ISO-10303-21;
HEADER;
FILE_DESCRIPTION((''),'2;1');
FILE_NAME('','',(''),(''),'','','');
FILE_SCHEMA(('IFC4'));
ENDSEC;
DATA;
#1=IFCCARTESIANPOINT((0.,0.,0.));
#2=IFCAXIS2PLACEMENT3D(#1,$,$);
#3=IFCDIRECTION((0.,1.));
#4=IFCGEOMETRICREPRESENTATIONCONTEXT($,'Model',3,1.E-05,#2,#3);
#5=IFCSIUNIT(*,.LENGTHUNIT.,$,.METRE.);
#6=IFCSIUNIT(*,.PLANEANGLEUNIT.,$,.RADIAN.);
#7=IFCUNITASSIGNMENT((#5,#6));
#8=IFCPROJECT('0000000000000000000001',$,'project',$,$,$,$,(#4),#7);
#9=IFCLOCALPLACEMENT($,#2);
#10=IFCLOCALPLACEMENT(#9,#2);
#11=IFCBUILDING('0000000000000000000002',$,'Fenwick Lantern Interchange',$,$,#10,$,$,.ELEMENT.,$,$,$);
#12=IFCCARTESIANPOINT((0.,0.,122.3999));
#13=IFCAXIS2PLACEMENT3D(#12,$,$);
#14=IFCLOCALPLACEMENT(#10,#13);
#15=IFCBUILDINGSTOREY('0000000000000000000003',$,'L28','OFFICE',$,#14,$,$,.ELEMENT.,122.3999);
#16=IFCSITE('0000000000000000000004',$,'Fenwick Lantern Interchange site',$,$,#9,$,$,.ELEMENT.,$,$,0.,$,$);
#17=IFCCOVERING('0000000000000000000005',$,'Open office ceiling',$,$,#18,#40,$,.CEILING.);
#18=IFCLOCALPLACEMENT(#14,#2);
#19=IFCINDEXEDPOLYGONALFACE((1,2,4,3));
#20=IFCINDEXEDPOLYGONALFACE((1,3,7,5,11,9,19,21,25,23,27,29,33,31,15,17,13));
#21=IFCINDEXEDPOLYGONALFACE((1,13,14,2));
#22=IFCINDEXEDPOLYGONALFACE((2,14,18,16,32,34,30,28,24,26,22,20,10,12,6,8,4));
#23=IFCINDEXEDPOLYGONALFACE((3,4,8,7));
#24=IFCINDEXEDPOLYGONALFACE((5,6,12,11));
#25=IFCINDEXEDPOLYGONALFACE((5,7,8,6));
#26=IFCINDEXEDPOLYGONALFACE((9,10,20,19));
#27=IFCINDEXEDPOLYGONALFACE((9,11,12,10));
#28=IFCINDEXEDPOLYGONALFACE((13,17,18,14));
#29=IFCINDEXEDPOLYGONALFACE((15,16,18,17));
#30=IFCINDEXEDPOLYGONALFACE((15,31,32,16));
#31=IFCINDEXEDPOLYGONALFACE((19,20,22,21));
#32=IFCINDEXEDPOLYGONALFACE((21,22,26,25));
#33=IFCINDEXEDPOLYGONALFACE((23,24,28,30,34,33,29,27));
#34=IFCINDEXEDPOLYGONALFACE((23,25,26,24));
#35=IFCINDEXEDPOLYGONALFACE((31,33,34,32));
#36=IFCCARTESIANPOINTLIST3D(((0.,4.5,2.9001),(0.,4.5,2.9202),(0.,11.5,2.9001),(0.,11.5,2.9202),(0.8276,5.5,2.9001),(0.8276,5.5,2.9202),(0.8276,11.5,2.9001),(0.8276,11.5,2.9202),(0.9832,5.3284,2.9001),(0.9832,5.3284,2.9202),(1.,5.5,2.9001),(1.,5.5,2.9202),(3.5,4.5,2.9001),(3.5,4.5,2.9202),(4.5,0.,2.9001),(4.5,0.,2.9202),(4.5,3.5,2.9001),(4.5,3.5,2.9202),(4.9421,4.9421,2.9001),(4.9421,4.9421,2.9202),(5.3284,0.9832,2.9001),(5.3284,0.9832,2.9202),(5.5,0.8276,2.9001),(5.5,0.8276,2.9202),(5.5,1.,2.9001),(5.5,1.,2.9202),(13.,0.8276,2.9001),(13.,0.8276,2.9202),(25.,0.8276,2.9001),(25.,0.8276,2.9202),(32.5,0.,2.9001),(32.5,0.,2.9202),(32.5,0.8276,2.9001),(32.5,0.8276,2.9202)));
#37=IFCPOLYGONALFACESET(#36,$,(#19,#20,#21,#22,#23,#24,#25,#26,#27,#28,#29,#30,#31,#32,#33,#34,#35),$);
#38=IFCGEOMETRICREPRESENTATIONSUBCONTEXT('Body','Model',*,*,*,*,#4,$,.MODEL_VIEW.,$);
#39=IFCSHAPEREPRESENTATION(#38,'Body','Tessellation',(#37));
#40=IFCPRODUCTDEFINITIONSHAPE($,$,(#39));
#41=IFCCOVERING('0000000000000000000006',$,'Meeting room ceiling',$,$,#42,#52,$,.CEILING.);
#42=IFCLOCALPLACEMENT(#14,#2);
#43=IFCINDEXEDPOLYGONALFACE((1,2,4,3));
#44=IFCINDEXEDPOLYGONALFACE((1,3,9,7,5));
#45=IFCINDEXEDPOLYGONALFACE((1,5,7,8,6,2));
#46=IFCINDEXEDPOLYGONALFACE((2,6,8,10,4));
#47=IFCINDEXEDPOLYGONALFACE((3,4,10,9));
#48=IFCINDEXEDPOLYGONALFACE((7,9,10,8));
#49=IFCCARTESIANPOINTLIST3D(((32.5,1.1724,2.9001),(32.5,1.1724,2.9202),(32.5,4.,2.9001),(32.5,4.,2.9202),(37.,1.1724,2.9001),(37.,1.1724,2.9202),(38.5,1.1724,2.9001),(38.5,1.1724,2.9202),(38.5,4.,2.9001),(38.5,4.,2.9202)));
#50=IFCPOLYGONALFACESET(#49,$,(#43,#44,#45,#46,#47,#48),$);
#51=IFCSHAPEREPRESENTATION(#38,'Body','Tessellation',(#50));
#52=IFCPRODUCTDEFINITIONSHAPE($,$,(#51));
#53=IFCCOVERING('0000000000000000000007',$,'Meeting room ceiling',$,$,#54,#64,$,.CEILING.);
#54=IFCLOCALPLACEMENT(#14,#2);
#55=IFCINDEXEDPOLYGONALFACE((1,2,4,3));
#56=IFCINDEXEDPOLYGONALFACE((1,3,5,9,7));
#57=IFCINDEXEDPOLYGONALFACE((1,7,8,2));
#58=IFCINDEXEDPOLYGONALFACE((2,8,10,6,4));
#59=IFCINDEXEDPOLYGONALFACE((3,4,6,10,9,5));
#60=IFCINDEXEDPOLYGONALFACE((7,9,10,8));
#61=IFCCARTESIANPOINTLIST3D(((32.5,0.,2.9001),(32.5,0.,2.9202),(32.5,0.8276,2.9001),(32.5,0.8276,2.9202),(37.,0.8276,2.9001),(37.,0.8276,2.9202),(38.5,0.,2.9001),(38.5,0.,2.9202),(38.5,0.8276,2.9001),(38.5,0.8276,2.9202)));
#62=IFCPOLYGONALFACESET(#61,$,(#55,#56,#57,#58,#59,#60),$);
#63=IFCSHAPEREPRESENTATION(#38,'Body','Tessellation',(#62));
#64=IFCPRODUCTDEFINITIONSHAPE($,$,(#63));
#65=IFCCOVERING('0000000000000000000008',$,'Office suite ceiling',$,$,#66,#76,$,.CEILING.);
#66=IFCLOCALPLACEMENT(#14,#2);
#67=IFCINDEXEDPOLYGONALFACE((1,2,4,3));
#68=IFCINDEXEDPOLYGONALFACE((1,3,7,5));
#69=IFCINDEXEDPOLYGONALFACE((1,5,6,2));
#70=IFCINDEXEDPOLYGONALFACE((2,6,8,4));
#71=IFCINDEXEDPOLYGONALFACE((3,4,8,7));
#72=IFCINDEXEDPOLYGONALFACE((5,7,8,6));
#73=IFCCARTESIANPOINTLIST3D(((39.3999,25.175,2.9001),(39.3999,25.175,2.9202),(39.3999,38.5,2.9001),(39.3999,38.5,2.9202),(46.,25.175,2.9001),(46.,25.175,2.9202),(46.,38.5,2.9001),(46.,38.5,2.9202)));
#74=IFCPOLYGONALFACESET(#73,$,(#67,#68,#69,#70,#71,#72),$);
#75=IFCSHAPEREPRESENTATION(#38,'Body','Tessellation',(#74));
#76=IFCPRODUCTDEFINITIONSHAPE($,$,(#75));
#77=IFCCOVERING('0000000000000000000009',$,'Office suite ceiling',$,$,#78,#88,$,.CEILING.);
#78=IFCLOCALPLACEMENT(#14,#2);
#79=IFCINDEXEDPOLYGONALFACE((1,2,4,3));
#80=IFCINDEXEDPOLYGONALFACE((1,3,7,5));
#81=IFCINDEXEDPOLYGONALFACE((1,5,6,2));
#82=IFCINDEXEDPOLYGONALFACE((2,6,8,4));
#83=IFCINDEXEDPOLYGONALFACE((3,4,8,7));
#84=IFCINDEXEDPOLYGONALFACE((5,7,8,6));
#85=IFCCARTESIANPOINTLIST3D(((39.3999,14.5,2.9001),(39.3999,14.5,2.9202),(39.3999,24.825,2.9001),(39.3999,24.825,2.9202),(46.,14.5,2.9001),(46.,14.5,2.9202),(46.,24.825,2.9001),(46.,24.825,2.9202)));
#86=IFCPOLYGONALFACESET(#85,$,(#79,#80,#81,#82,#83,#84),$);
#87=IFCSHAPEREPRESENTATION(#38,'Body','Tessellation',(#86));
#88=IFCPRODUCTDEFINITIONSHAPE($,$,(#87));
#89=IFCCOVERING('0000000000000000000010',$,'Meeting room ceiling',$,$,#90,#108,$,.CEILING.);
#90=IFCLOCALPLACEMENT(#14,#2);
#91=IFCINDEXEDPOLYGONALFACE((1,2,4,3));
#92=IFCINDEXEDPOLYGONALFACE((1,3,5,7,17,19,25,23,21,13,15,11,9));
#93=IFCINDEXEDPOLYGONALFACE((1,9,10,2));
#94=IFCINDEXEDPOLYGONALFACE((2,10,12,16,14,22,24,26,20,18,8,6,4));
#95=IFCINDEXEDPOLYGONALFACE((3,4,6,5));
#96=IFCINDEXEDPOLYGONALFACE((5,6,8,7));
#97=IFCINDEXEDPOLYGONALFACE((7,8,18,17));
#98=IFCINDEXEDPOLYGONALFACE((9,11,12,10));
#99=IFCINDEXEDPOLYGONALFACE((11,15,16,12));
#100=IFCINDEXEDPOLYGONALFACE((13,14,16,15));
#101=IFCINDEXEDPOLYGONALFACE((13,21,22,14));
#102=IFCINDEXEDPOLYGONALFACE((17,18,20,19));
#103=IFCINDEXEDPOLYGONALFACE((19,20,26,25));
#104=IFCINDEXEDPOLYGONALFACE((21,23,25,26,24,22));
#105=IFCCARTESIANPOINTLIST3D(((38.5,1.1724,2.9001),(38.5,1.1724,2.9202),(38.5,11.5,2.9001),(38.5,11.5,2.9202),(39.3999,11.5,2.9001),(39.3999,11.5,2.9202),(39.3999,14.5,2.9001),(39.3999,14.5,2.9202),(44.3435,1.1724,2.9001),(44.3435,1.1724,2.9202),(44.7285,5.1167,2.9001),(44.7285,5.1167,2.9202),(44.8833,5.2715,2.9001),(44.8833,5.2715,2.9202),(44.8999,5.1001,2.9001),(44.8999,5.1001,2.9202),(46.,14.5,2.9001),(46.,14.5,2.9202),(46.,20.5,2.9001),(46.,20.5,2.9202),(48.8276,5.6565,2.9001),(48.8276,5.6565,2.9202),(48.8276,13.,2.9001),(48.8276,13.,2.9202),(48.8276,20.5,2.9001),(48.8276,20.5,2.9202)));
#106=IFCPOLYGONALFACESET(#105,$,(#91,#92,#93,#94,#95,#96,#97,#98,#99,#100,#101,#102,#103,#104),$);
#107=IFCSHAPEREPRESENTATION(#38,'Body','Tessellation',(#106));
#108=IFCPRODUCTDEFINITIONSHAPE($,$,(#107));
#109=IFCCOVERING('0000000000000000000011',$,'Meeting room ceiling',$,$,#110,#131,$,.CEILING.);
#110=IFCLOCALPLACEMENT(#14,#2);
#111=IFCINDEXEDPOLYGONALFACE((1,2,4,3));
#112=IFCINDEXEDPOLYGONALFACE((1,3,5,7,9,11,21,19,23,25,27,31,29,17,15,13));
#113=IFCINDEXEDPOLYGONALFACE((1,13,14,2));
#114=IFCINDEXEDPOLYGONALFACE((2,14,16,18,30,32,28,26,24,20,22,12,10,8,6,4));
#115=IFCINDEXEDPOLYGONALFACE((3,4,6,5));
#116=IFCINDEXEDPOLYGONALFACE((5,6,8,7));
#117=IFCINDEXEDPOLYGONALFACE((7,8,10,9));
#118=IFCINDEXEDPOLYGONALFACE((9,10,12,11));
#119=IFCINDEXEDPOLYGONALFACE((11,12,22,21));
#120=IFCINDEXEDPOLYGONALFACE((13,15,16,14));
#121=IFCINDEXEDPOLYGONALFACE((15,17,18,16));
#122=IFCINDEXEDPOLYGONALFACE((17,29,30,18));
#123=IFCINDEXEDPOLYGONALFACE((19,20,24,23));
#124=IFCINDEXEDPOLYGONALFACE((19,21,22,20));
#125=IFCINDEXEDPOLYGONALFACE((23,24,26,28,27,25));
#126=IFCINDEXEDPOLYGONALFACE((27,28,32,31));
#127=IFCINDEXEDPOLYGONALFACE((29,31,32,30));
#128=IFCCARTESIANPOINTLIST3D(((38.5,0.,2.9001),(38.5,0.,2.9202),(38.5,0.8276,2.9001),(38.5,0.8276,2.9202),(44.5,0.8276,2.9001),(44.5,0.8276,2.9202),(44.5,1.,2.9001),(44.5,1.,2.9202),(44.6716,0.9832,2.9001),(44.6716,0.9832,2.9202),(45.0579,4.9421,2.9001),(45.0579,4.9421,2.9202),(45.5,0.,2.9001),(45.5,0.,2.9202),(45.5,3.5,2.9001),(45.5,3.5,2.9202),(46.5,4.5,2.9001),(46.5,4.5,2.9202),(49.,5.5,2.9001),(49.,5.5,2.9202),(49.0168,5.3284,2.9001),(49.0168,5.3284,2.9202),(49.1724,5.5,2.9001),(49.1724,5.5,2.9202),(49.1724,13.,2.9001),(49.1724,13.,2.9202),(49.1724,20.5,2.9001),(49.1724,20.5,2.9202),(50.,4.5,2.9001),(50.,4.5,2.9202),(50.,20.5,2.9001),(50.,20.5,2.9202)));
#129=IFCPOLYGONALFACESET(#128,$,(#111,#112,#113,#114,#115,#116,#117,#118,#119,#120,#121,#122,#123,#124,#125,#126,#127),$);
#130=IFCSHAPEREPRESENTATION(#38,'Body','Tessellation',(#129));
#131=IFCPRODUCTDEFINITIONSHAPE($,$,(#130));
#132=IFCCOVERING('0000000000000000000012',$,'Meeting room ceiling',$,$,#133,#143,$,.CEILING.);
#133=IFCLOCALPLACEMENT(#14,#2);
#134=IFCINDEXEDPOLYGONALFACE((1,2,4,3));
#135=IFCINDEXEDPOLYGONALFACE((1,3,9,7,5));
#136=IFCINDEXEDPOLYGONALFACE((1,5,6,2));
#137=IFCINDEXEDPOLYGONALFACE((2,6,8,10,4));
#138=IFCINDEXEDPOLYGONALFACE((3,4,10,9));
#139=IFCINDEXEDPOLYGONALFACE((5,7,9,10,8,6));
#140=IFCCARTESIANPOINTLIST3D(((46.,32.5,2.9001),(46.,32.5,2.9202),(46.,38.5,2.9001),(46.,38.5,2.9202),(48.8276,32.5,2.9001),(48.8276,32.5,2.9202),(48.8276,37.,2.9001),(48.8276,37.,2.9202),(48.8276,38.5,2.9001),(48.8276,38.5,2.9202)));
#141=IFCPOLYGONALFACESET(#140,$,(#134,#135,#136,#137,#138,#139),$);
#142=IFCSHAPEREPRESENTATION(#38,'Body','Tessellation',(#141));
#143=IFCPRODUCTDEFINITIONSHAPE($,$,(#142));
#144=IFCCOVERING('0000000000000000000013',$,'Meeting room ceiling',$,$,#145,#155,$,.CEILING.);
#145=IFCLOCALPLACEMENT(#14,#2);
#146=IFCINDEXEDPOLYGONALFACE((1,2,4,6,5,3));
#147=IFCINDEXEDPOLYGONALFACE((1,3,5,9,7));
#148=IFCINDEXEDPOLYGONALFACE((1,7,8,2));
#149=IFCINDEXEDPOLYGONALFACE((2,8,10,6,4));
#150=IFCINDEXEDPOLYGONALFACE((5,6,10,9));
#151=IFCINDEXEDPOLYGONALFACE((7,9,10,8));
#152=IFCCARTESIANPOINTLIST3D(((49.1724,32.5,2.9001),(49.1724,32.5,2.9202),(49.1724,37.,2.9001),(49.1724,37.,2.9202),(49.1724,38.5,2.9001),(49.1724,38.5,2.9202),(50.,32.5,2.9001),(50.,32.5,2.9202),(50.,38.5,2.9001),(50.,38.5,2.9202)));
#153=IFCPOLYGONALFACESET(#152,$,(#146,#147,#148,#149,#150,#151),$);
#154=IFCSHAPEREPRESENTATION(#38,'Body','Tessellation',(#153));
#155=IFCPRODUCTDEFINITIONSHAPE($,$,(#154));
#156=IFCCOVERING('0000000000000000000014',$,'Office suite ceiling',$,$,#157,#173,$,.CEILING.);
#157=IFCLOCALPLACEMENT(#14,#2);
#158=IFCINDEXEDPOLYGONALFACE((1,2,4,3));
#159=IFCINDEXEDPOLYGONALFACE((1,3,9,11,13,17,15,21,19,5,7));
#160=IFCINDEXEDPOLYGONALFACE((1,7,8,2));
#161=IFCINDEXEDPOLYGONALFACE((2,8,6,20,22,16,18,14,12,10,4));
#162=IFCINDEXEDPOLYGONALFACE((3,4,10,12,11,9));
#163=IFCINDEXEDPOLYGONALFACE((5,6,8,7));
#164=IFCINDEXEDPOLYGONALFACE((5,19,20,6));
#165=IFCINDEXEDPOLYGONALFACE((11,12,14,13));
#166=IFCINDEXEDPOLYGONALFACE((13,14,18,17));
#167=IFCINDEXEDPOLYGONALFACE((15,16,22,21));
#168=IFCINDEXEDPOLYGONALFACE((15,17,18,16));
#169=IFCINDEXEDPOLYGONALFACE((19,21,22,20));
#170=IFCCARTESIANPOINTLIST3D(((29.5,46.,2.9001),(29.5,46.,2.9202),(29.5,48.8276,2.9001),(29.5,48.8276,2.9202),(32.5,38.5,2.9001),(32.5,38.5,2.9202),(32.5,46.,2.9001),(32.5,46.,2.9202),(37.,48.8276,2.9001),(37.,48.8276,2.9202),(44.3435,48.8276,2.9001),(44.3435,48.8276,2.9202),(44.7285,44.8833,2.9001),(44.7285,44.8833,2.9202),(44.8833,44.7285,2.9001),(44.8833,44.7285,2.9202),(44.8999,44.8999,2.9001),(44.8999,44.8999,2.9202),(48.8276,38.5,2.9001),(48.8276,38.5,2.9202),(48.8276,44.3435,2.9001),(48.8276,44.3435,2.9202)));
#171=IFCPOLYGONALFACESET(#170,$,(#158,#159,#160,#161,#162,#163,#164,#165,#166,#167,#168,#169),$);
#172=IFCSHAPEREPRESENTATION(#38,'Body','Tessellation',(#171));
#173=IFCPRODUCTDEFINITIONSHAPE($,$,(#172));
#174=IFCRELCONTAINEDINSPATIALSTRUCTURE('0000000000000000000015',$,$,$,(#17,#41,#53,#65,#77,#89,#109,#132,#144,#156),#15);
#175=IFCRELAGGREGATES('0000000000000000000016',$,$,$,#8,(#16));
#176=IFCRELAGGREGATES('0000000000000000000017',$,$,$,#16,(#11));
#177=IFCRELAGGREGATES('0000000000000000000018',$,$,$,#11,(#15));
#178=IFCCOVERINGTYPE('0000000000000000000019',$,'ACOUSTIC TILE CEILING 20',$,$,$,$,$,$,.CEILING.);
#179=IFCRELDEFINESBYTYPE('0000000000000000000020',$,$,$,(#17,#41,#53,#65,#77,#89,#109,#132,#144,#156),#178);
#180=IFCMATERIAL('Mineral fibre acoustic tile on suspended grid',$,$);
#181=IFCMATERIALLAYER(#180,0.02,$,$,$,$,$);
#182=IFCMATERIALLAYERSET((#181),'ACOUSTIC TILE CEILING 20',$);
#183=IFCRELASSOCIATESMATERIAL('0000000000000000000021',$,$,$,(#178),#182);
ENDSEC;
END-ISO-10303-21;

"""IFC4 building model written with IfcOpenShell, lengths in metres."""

from ifc_helpers import new_model, si_unit, direction, frame, origin, place, context, subcontext, project, spatial, polyline, outline, extrude, material, layer, layer_set, type_object, element, save


model = new_model("IFC4")

# Units and contexts
model_context = context("Model", 3, precision=1e-05, world=origin(), true_north=direction((0.0, 1.0)))
body_context = subcontext(model_context, "Body", "Model", "MODEL_VIEW")
ifc_project = project(units=[si_unit("LENGTHUNIT", "METRE"), si_unit("PLANEANGLEUNIT", "RADIAN")], contexts=[model_context])

# Site, building, storey
site_placement = place(None, origin())
site = spatial("IfcSite", under=ifc_project, at=site_placement, Name="Fenwick Lantern Interchange site", CompositionType="ELEMENT", RefElevation=0.0)
building_placement = place(site_placement, origin())
building = spatial("IfcBuilding", under=site, at=building_placement, Name="Fenwick Lantern Interchange", CompositionType="ELEMENT")
storey_placement = place(building_placement, frame((0.0, 0.0, 122.3999)))
storey = spatial("IfcBuildingStorey", under=building, at=storey_placement, Name="L28", Description="OFFICE", CompositionType="ELEMENT", Elevation=122.3999)

# Coverings
ifc_material = material(Name="Mineral fibre acoustic tile on suspended grid")
ifc_layer = layer(ifc_material, 0.02)
ifc_layer_set = layer_set([ifc_layer], Name="ACOUSTIC TILE CEILING 20")
covering_type = type_object("IfcCoveringType", Name="ACOUSTIC TILE CEILING 20", PredefinedType="CEILING", material=ifc_layer_set)
covering_1_placement = place(storey_placement, frame((0.0, 0.0, 2.9001)))
element("IfcCovering", 1, at=covering_1_placement, inside=storey, type_object=covering_type, Name="Open office ceiling", PredefinedType="CEILING", context=body_context, shape_type="SweptSolid", body=[
    extrude(outline(polyline([(4.5, 3.5), (4.5, 0.0), (32.5, 0.0), (32.5, 0.8276), (25.0, 0.8276), (13.0, 0.8276), (5.5, 0.8276), (5.5, 1.0), (5.3284, 0.9832), (4.9421, 4.9421), (0.9832, 5.3284), (1.0, 5.5), (0.8276, 5.5), (0.8276, 11.5), (0.0, 11.5), (0.0, 4.5), (3.5, 4.5), (4.5, 3.5)])), origin(), (0.0, 0.0, 1.0), 0.02),
])
covering_2_placement = place(storey_placement, frame((0.0, 0.0, 2.9001)))
element("IfcCovering", 2, at=covering_2_placement, inside=storey, type_object=covering_type, Name="Meeting room ceiling", PredefinedType="CEILING", context=body_context, shape_type="SweptSolid", body=[
    extrude(outline(polyline([(32.5, 4.0), (32.5, 1.1724), (37.0, 1.1724), (38.5, 1.1724), (38.5, 4.0), (32.5, 4.0)])), origin(), (0.0, 0.0, 1.0), 0.02),
])
covering_3_placement = place(storey_placement, frame((0.0, 0.0, 2.9001)))
element("IfcCovering", 3, at=covering_3_placement, inside=storey, type_object=covering_type, Name="Meeting room ceiling", PredefinedType="CEILING", context=body_context, shape_type="SweptSolid", body=[
    extrude(outline(polyline([(38.5, 0.0), (38.5, 0.8276), (37.0, 0.8276), (32.5, 0.8276), (32.5, 0.0), (38.5, 0.0)])), origin(), (0.0, 0.0, 1.0), 0.02),
])
covering_4_placement = place(storey_placement, frame((0.0, 0.0, 2.9001)))
element("IfcCovering", 4, at=covering_4_placement, inside=storey, type_object=covering_type, Name="Office suite ceiling", PredefinedType="CEILING", context=body_context, shape_type="SweptSolid", body=[
    extrude(outline(polyline([(39.3999, 38.5), (39.3999, 25.175), (46.0, 25.175), (46.0, 38.5), (39.3999, 38.5)])), origin(), (0.0, 0.0, 1.0), 0.02),
])
covering_5_placement = place(storey_placement, frame((0.0, 0.0, 2.9001)))
element("IfcCovering", 5, at=covering_5_placement, inside=storey, type_object=covering_type, Name="Office suite ceiling", PredefinedType="CEILING", context=body_context, shape_type="SweptSolid", body=[
    extrude(outline(polyline([(39.3999, 24.825), (39.3999, 14.5), (46.0, 14.5), (46.0, 24.825), (39.3999, 24.825)])), origin(), (0.0, 0.0, 1.0), 0.02),
])
covering_6_placement = place(storey_placement, frame((0.0, 0.0, 2.9001)))
element("IfcCovering", 6, at=covering_6_placement, inside=storey, type_object=covering_type, Name="Meeting room ceiling", PredefinedType="CEILING", context=body_context, shape_type="SweptSolid", body=[
    extrude(outline(polyline([(48.8276, 20.5), (46.0, 20.5), (46.0, 14.5), (39.3999, 14.5), (39.3999, 11.5), (38.5, 11.5), (38.5, 1.1724), (44.3435, 1.1724), (44.7285, 5.1167), (44.8999, 5.1001), (44.8833, 5.2715), (48.8276, 5.6565), (48.8276, 13.0), (48.8276, 20.5)])), origin(), (0.0, 0.0, 1.0), 0.02),
])
covering_7_placement = place(storey_placement, frame((0.0, 0.0, 2.9001)))
element("IfcCovering", 7, at=covering_7_placement, inside=storey, type_object=covering_type, Name="Meeting room ceiling", PredefinedType="CEILING", context=body_context, shape_type="SweptSolid", body=[
    extrude(outline(polyline([(50.0, 20.5), (49.1724, 20.5), (49.1724, 13.0), (49.1724, 5.5), (49.0, 5.5), (49.0168, 5.3284), (45.0579, 4.9421), (44.6716, 0.9832), (44.5, 1.0), (44.5, 0.8276), (38.5, 0.8276), (38.5, 0.0), (45.5, 0.0), (45.5, 3.5), (46.5, 4.5), (50.0, 4.5), (50.0, 20.5)])), origin(), (0.0, 0.0, 1.0), 0.02),
])
covering_8_placement = place(storey_placement, frame((0.0, 0.0, 2.9001)))
element("IfcCovering", 8, at=covering_8_placement, inside=storey, type_object=covering_type, Name="Meeting room ceiling", PredefinedType="CEILING", context=body_context, shape_type="SweptSolid", body=[
    extrude(outline(polyline([(46.0, 32.5), (48.8276, 32.5), (48.8276, 37.0), (48.8276, 38.5), (46.0, 38.5), (46.0, 32.5)])), origin(), (0.0, 0.0, 1.0), 0.02),
])
covering_9_placement = place(storey_placement, frame((0.0, 0.0, 2.9001)))
element("IfcCovering", 9, at=covering_9_placement, inside=storey, type_object=covering_type, Name="Meeting room ceiling", PredefinedType="CEILING", context=body_context, shape_type="SweptSolid", body=[
    extrude(outline(polyline([(50.0, 38.5), (49.1724, 38.5), (49.1724, 37.0), (49.1724, 32.5), (50.0, 32.5), (50.0, 38.5)])), origin(), (0.0, 0.0, 1.0), 0.02),
])
covering_10_placement = place(storey_placement, frame((0.0, 0.0, 2.9001)))
element("IfcCovering", 10, at=covering_10_placement, inside=storey, type_object=covering_type, Name="Office suite ceiling", PredefinedType="CEILING", context=body_context, shape_type="SweptSolid", body=[
    extrude(outline(polyline([(29.5, 48.8276), (29.5, 46.0), (32.5, 46.0), (32.5, 38.5), (48.8276, 38.5), (48.8276, 44.3435), (44.8833, 44.7285), (44.8999, 44.8999), (44.7285, 44.8833), (44.3435, 48.8276), (37.0, 48.8276), (29.5, 48.8276)])), origin(), (0.0, 0.0, 1.0), 0.02),
])

save(model, "model.ifc")
